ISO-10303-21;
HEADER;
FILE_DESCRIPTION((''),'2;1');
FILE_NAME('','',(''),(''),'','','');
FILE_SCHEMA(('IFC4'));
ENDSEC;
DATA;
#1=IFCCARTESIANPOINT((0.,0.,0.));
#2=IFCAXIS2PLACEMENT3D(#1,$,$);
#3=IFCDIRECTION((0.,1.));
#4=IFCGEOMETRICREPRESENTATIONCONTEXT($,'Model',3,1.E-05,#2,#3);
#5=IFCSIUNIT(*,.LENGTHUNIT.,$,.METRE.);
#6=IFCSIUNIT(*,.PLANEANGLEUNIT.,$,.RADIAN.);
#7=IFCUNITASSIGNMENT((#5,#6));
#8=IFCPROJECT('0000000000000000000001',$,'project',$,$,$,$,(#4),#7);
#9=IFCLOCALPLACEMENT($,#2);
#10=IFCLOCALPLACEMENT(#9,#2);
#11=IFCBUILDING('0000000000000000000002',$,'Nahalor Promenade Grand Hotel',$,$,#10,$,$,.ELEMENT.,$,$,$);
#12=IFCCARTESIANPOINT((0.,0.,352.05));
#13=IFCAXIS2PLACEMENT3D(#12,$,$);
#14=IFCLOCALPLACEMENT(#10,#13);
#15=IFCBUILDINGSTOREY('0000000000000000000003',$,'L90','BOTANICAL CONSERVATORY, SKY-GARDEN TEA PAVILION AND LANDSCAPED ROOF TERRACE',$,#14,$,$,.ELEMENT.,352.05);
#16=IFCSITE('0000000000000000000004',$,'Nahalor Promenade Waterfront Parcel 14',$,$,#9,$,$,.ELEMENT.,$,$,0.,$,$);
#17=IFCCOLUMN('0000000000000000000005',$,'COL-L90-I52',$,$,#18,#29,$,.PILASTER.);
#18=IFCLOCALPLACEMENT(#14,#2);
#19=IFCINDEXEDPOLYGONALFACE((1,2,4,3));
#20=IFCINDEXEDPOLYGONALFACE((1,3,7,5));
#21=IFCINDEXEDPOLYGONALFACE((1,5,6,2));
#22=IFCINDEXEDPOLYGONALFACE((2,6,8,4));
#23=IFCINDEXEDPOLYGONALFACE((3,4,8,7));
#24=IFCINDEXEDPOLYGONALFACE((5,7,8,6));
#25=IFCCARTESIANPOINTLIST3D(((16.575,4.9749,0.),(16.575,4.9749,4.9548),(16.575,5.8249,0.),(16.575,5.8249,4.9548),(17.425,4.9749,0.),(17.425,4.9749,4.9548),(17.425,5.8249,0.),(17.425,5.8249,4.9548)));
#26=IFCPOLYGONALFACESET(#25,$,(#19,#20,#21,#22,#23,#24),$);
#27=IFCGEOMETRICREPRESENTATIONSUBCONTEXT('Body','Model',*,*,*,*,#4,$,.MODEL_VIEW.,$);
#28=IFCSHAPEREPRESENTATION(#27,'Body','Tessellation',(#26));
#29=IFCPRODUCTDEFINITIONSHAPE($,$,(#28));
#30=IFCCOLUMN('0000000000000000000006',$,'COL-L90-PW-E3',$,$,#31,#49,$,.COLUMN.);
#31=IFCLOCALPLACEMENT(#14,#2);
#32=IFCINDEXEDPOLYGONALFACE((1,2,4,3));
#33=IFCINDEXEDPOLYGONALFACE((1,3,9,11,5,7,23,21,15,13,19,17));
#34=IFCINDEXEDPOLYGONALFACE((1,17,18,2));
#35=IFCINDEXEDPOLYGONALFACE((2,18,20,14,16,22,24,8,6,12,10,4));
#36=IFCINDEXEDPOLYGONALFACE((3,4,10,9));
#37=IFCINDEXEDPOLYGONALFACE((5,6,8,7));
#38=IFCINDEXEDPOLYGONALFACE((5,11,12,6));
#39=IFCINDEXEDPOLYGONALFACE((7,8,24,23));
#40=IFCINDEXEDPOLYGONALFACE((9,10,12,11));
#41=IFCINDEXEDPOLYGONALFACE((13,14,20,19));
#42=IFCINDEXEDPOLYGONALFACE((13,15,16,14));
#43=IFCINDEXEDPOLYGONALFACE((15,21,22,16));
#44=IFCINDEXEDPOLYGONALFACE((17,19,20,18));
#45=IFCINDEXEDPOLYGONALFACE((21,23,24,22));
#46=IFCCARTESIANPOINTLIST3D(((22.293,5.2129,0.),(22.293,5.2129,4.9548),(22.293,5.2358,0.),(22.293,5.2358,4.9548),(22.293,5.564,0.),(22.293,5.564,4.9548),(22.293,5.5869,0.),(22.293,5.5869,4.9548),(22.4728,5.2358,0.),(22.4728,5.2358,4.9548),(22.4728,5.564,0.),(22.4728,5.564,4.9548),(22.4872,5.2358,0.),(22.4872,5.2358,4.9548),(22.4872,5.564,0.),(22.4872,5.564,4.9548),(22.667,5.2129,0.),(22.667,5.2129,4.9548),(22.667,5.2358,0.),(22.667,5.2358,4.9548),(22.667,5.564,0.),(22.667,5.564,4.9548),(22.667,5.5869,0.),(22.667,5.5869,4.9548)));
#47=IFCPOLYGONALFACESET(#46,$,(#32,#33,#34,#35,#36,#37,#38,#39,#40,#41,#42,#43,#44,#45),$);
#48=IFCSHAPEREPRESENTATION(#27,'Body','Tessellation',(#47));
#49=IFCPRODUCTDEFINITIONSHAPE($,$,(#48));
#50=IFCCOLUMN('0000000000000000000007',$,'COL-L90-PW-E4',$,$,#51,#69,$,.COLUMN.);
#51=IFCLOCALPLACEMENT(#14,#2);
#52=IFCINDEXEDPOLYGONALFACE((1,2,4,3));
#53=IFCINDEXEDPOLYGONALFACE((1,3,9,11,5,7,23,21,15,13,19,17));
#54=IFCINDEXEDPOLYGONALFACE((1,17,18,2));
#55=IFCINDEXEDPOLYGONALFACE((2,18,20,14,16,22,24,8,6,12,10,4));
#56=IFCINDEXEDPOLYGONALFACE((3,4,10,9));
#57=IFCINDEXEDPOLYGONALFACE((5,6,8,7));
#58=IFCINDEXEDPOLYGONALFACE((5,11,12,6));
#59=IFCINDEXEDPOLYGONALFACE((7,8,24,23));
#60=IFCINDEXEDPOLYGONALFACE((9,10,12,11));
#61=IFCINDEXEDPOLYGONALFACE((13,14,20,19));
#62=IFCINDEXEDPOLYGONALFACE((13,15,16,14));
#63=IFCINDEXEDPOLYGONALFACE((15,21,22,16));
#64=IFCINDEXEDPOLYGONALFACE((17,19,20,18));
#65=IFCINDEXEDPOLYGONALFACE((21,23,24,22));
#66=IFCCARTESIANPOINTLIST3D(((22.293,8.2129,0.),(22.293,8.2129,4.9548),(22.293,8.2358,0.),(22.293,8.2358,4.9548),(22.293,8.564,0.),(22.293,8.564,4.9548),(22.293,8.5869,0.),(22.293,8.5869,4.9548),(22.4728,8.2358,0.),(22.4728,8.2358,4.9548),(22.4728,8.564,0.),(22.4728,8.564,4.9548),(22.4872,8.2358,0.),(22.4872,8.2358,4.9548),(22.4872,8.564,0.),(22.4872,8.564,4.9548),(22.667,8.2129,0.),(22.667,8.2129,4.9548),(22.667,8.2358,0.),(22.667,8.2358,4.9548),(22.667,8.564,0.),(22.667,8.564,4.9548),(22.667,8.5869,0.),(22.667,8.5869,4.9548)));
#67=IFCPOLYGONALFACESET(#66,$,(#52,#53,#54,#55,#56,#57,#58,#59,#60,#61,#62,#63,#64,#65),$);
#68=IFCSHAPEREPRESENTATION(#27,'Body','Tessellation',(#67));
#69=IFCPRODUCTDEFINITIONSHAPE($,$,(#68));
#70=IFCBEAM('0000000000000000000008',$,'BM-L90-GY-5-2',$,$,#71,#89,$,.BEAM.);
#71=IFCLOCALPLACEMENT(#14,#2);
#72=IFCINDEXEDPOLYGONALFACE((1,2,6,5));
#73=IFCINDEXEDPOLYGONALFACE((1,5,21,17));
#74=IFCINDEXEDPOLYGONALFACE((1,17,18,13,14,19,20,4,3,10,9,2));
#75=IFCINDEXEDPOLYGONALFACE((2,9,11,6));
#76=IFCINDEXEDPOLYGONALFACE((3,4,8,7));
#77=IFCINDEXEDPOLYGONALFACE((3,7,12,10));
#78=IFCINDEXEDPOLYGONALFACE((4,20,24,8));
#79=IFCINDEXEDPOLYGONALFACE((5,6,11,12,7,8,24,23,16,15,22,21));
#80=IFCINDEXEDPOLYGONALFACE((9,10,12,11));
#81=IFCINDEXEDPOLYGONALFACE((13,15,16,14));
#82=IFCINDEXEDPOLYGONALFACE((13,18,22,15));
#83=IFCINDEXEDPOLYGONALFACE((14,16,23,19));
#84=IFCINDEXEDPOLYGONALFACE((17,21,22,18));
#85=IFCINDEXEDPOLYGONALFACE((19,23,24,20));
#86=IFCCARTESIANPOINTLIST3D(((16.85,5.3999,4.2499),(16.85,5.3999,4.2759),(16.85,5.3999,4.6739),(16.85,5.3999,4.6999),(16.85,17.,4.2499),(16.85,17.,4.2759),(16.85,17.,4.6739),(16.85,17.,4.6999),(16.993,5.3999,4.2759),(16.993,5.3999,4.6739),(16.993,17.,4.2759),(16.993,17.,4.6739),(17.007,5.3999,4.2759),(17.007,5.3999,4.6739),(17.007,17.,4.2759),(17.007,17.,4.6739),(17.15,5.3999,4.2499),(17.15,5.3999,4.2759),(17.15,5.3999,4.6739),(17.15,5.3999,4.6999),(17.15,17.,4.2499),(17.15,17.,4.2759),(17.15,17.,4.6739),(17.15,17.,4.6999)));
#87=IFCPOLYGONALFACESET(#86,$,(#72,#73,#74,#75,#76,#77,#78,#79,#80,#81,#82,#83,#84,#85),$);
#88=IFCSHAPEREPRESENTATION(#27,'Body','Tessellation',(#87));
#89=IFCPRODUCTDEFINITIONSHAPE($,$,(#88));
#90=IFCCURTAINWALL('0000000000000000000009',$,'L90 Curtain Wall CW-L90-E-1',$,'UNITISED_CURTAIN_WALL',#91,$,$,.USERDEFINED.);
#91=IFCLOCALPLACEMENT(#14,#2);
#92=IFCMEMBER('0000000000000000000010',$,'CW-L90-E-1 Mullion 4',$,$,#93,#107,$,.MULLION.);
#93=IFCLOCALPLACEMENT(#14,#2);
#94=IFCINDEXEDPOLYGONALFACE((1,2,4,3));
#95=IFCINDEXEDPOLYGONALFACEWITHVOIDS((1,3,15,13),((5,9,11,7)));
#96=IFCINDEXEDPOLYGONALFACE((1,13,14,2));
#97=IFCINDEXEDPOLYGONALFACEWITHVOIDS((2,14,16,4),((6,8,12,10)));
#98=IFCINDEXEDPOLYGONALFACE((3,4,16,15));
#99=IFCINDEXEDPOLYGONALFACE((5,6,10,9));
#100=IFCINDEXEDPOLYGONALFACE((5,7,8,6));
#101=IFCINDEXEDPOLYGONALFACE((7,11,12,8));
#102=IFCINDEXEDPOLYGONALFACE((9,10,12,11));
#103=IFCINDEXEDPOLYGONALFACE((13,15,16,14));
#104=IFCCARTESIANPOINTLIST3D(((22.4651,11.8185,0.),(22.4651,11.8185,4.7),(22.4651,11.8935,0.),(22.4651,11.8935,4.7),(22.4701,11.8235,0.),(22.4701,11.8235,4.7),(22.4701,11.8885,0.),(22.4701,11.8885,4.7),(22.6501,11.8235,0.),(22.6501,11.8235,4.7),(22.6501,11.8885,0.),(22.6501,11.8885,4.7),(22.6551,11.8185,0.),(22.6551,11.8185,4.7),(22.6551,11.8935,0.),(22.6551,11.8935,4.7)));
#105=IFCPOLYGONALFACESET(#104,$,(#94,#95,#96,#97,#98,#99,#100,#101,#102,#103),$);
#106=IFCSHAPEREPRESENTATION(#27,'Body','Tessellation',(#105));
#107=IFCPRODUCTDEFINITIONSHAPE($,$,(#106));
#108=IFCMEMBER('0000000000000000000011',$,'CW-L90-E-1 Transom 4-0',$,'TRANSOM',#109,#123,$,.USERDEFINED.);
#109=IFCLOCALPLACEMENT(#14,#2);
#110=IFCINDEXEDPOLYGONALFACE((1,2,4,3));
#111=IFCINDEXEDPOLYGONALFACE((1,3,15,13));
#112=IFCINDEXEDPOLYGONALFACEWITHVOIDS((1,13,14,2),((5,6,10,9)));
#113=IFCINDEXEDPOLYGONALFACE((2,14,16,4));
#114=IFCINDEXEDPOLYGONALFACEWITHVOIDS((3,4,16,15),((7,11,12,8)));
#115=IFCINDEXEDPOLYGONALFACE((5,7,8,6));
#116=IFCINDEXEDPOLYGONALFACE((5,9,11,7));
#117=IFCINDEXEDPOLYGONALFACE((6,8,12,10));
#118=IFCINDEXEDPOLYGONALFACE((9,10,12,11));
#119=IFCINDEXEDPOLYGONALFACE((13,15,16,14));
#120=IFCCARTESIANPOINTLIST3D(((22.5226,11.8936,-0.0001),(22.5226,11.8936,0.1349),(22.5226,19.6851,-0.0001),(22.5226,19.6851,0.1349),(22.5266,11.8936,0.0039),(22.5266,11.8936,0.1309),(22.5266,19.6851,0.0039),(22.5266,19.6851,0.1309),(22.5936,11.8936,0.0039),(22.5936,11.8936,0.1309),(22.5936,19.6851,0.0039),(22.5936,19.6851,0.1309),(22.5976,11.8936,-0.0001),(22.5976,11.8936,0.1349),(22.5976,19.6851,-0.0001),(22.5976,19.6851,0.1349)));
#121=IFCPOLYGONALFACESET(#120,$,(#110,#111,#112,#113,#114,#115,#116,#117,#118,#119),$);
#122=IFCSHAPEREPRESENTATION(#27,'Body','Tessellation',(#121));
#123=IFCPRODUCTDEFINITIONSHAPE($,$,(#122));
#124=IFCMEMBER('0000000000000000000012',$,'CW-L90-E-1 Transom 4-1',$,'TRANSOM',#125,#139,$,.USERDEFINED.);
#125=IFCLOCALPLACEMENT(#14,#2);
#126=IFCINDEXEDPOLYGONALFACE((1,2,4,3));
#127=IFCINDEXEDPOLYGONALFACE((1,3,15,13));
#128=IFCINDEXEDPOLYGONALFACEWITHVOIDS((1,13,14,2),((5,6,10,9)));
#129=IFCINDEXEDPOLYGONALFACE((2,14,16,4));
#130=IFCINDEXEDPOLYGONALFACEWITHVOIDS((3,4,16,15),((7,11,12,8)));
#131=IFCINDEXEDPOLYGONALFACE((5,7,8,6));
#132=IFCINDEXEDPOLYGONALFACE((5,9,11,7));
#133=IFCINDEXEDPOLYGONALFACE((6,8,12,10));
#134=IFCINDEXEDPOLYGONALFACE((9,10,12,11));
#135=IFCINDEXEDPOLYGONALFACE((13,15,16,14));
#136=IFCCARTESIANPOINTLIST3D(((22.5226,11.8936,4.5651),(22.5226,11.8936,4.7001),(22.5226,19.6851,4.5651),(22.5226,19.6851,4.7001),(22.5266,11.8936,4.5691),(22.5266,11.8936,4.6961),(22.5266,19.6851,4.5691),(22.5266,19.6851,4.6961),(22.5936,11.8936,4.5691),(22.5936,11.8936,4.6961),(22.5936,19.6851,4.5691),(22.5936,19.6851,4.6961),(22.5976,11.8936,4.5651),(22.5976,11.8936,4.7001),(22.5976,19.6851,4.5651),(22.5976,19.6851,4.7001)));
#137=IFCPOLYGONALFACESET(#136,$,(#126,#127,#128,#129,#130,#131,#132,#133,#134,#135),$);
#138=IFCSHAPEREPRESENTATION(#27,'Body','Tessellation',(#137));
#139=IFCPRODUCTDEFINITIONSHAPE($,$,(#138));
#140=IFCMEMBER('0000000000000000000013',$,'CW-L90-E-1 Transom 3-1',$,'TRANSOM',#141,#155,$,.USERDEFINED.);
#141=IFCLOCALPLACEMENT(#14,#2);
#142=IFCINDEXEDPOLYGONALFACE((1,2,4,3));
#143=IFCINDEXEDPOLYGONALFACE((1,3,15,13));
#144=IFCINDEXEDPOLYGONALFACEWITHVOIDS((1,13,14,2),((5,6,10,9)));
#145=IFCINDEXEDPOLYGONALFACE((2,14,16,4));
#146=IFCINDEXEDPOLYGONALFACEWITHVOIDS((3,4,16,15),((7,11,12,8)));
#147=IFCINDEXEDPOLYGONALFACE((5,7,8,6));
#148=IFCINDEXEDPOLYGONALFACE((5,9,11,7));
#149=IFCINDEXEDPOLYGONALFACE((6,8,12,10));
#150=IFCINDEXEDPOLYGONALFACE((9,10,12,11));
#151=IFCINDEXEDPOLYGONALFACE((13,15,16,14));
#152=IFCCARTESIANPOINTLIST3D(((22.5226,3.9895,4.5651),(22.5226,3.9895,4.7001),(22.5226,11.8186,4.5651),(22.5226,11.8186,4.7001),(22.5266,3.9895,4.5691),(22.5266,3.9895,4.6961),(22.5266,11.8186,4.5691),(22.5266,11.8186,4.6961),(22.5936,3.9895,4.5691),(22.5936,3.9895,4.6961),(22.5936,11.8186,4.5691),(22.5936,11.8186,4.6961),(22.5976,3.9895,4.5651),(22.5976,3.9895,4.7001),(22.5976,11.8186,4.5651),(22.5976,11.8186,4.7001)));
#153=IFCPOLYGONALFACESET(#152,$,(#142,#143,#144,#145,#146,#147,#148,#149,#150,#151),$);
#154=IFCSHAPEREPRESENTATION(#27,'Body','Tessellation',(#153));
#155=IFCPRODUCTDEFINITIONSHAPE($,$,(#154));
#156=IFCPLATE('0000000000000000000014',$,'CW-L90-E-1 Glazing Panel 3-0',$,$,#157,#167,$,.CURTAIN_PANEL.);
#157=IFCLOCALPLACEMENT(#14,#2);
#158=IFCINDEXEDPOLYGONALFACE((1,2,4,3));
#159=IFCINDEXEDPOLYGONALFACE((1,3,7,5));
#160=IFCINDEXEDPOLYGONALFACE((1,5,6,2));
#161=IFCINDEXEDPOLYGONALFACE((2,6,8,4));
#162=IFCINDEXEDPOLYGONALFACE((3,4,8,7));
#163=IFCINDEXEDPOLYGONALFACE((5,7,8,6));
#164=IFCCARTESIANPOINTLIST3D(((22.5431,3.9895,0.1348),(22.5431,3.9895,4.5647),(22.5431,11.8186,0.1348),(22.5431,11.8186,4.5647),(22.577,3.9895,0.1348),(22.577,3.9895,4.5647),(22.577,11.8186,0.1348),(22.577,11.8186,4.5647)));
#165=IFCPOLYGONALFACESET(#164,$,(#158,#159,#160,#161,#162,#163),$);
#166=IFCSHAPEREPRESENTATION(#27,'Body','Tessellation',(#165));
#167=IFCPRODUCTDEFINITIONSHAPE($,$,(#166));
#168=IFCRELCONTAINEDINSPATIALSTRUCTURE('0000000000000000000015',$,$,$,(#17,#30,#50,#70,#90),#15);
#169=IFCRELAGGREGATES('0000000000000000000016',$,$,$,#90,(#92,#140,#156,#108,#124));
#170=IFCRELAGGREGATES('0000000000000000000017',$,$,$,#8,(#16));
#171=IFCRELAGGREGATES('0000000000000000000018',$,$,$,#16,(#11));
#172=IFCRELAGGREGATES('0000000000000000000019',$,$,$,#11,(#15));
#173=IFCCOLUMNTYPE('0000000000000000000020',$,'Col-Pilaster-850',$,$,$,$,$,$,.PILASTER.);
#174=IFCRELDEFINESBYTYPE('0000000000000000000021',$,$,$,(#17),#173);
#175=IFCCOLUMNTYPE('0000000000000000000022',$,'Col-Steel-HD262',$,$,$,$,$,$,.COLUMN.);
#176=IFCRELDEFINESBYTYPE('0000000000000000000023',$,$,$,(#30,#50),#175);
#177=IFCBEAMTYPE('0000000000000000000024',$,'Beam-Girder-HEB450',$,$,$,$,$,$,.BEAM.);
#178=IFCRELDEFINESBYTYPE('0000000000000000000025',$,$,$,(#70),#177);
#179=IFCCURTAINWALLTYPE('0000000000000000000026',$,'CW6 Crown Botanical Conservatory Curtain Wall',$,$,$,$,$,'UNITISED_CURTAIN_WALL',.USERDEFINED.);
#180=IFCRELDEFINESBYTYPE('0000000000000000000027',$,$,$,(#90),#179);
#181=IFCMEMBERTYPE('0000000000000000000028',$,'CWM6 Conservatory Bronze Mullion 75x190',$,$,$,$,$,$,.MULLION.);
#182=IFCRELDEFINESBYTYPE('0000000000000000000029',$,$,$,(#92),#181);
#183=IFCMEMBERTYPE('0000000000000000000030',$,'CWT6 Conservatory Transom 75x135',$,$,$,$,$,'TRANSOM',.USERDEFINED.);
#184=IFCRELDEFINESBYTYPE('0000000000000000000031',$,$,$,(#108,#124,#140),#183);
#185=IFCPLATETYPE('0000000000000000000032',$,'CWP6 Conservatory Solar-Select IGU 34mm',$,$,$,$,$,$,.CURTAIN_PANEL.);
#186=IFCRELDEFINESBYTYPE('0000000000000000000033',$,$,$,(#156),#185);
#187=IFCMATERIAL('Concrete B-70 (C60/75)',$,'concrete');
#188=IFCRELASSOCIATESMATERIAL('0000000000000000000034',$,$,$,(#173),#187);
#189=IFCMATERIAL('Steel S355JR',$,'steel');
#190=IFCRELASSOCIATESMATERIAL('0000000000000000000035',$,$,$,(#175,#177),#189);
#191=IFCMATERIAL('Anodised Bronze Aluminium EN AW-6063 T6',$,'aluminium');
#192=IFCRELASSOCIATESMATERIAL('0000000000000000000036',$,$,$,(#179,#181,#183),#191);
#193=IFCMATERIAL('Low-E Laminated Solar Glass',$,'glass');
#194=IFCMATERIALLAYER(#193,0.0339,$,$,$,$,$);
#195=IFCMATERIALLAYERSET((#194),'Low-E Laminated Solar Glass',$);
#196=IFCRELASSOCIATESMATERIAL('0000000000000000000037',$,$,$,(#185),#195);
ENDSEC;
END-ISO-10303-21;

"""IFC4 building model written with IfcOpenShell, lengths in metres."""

from ifc_helpers import new_model, si_unit, direction, frame, origin, origin_2d, place, context, subcontext, project, spatial, rectangle, hollow_rectangle, i_section, extrude, source, transform, mapped, material, layer, layer_set, material_profile, profile_set, type_object, element, aggregate, save


model = new_model("IFC4")

# Units and contexts
model_context = context("Model", 3, precision=1e-05, world=origin(), true_north=direction((0.0, 1.0)))
body_context = subcontext(model_context, "Body", "Model", "MODEL_VIEW")
ifc_project = project(units=[si_unit("LENGTHUNIT", "METRE"), si_unit("PLANEANGLEUNIT", "RADIAN")], contexts=[model_context])

# Site, building, storey
site_placement = place(None, origin())
site = spatial("IfcSite", under=ifc_project, at=site_placement, Name="Nahalor Promenade Waterfront Parcel 14", CompositionType="ELEMENT", RefElevation=0.0)
building_placement = place(site_placement, origin())
building = spatial("IfcBuilding", under=site, at=building_placement, Name="Nahalor Promenade Grand Hotel", CompositionType="ELEMENT")
storey_placement = place(building_placement, frame((0.0, 0.0, 352.05)))
storey = spatial("IfcBuildingStorey", under=building, at=storey_placement, Name="L90", Description="BOTANICAL CONSERVATORY, SKY-GARDEN TEA PAVILION AND LANDSCAPED ROOF TERRACE", CompositionType="ELEMENT", Elevation=352.05)

# Columns
ifc_material_1 = material(Name="Concrete B-70 (C60/75)", Category="concrete")
ifc_material_profile_1 = material_profile(ifc_material_1, rectangle(XDim=0.85, YDim=0.85, at=origin_2d()), Name="RC 850x850")
ifc_profile_set_1 = profile_set([ifc_material_profile_1], Name="Concrete B-70 (C60/75)")
column_type_1 = type_object("IfcColumnType", Name="Col-Pilaster-850", PredefinedType="PILASTER", material=ifc_profile_set_1)
shared_shape_1 = source(origin(), body_context, "Body", "SweptSolid", [
    extrude(rectangle(XDim=0.85, YDim=0.85, at=origin_2d()), origin(), (0.0, 0.0, 1.0), 4.9548),
])
column_placement = place(storey_placement, frame((17.0, 5.3999, 0.0), z_axis=(0.0, 0.0, 1.0), x_axis=(1.0, 0.0, 0.0)))
element("IfcColumn", 1, at=column_placement, inside=storey, type_object=column_type_1, Name="COL-L90-I52", PredefinedType="PILASTER", context=body_context, shape_type="MappedRepresentation", body=[
    mapped(shared_shape_1, transform((0.0, 0.0, 0.0), scale=1.0)),
])
ifc_material_2 = material(Name="Steel S355JR", Category="steel")
ifc_material_profile_2 = material_profile(ifc_material_2, i_section(OverallWidth=0.374, OverallDepth=0.374, WebThickness=0.0144, FlangeThickness=0.0229, at=origin_2d()), Name="HD 360x262")
ifc_profile_set_2 = profile_set([ifc_material_profile_2], Name="Steel S355JR")
column_type_2 = type_object("IfcColumnType", Name="Col-Steel-HD262", PredefinedType="COLUMN", material=ifc_profile_set_2)
shared_shape_2 = source(origin(), body_context, "Body", "SweptSolid", [
    extrude(i_section(OverallWidth=0.374, OverallDepth=0.374, WebThickness=0.0144, FlangeThickness=0.0229, at=origin_2d()), origin(), (0.0, 0.0, 1.0), 4.9548),
])
for number, where, z_axis, x_axis, name in (
    (2, (22.48, 5.3999, 0.0), (0.0, 0.0, 1.0), (1.0, 0.0, 0.0), "COL-L90-PW-E3"),
    (3, (22.48, 8.3999, 0.0), (0.0, 0.0, 1.0), (1.0, 0.0, 0.0), "COL-L90-PW-E4"),
):
    element("IfcColumn", number, at=place(storey_placement, frame(where, z_axis=z_axis, x_axis=x_axis)), inside=storey, type_object=column_type_2, Name=name, PredefinedType="COLUMN", context=body_context, shape_type="MappedRepresentation", body=[
        mapped(shared_shape_2, transform((0.0, 0.0, 0.0), scale=1.0)),
    ])

# Beam
ifc_material_profile_3 = material_profile(ifc_material_2, i_section(OverallWidth=0.3, OverallDepth=0.45, WebThickness=0.014, FlangeThickness=0.026, at=origin_2d()), Name="HEB 450")
ifc_profile_set_3 = profile_set([ifc_material_profile_3], Name="Steel S355JR")
beam_type = type_object("IfcBeamType", Name="Beam-Girder-HEB450", PredefinedType="BEAM", material=ifc_profile_set_3)
shared_shape_3 = source(origin(), body_context, "Body", "SweptSolid", [
    extrude(i_section(OverallWidth=0.3, OverallDepth=0.45, WebThickness=0.014, FlangeThickness=0.026, at=origin_2d()), origin(), (0.0, 0.0, 1.0), 11.6001),
])
beam_placement = place(storey_placement, frame((17.0, 5.3999, 4.4749), z_axis=(0.0, 1.0, 0.0), x_axis=(-1.0, 0.0, 0.0)))
element("IfcBeam", 4, at=beam_placement, inside=storey, type_object=beam_type, Name="BM-L90-GY-5-2", PredefinedType="BEAM", context=body_context, shape_type="MappedRepresentation", body=[
    mapped(shared_shape_3, transform((0.0, 0.0, 0.0), scale=1.0)),
])

# Curtain wall, members, plate
ifc_material_3 = material(Name="Anodised Bronze Aluminium EN AW-6063 T6", Category="aluminium")
curtain_wall_type = type_object("IfcCurtainWallType", Name="CW6 Crown Botanical Conservatory Curtain Wall", ElementType="UNITISED_CURTAIN_WALL", PredefinedType="USERDEFINED", material=ifc_material_3)
curtain_wall_placement = place(storey_placement, origin())
curtain_wall = element("IfcCurtainWall", 5, at=curtain_wall_placement, inside=storey, type_object=curtain_wall_type, Name="L90 Curtain Wall CW-L90-E-1", ObjectType="UNITISED_CURTAIN_WALL", PredefinedType="USERDEFINED")
ifc_material_profile_4 = material_profile(ifc_material_3, hollow_rectangle(XDim=0.075, YDim=0.19, WallThickness=0.005, at=origin_2d()), Name="CWM 75x190x5")
ifc_profile_set_4 = profile_set([ifc_material_profile_4], Name="Anodised Bronze Aluminium EN AW-6063 T6")
member_type_1 = type_object("IfcMemberType", Name="CWM6 Conservatory Bronze Mullion 75x190", PredefinedType="MULLION", material=ifc_profile_set_4)
shared_shape_4 = source(origin(), body_context, "Body", "SweptSolid", [
    extrude(hollow_rectangle(XDim=0.075, YDim=0.19, WallThickness=0.005, at=origin_2d()), origin(), (0.0, 0.0, 1.0), 4.7),
])
member_1_placement = place(storey_placement, frame((22.5601, 11.856, 0.0), z_axis=(0.0, 0.0, 1.0), x_axis=(0.0, 1.0, 0.0)))
member_1 = element("IfcMember", 6, at=member_1_placement, type_object=member_type_1, Name="CW-L90-E-1 Mullion 4", PredefinedType="MULLION", context=body_context, shape_type="MappedRepresentation", body=[
    mapped(shared_shape_4, transform((0.0, 0.0, 0.0), scale=1.0)),
])
ifc_material_profile_5 = material_profile(ifc_material_3, hollow_rectangle(XDim=0.075, YDim=0.135, WallThickness=0.004, at=origin_2d()), Name="CWT 75x135x4")
ifc_profile_set_5 = profile_set([ifc_material_profile_5], Name="Anodised Bronze Aluminium EN AW-6063 T6")
member_type_2 = type_object("IfcMemberType", Name="CWT6 Conservatory Transom 75x135", ElementType="TRANSOM", PredefinedType="USERDEFINED", material=ifc_profile_set_5)
shared_shape_5 = source(origin(), body_context, "Body", "SweptSolid", [
    extrude(hollow_rectangle(XDim=0.075, YDim=0.135, WallThickness=0.004, at=origin_2d()), origin(), (0.0, 0.0, 1.0), 7.7915),
])
member_2_placement = place(storey_placement, frame((22.5601, 11.8936, 0.0674), z_axis=(0.0, 1.0, 0.0), x_axis=(-1.0, 0.0, 0.0)))
member_2 = element("IfcMember", 7, at=member_2_placement, type_object=member_type_2, Name="CW-L90-E-1 Transom 4-0", ObjectType="TRANSOM", PredefinedType="USERDEFINED", context=body_context, shape_type="MappedRepresentation", body=[
    mapped(shared_shape_5, transform((0.0, 0.0, 0.0), scale=1.0)),
])
member_3_placement = place(storey_placement, frame((22.5601, 11.8936, 4.6326), z_axis=(0.0, 1.0, 0.0), x_axis=(-1.0, 0.0, 0.0)))
member_3 = element("IfcMember", 8, at=member_3_placement, type_object=member_type_2, Name="CW-L90-E-1 Transom 4-1", ObjectType="TRANSOM", PredefinedType="USERDEFINED", context=body_context, shape_type="MappedRepresentation", body=[
    mapped(shared_shape_5, transform((0.0, 0.0, 0.0), scale=1.0)),
])
shared_shape_6 = source(origin(), body_context, "Body", "SweptSolid", [
    extrude(hollow_rectangle(XDim=0.075, YDim=0.135, WallThickness=0.004, at=origin_2d()), origin(), (0.0, 0.0, 1.0), 7.8291),
])
member_4_placement = place(storey_placement, frame((22.5601, 3.9895, 4.6326), z_axis=(0.0, 1.0, 0.0), x_axis=(-1.0, 0.0, 0.0)))
member_4 = element("IfcMember", 9, at=member_4_placement, type_object=member_type_2, Name="CW-L90-E-1 Transom 3-1", ObjectType="TRANSOM", PredefinedType="USERDEFINED", context=body_context, shape_type="MappedRepresentation", body=[
    mapped(shared_shape_6, transform((0.0, 0.0, 0.0), scale=1.0)),
])
ifc_material_4 = material(Name="Low-E Laminated Solar Glass", Category="glass")
ifc_layer_1 = layer(ifc_material_4, 0.0339)
ifc_layer_set_1 = layer_set([ifc_layer_1], Name="Low-E Laminated Solar Glass")
plate_type = type_object("IfcPlateType", Name="CWP6 Conservatory Solar-Select IGU 34mm", PredefinedType="CURTAIN_PANEL", material=ifc_layer_set_1)
shared_shape_7 = source(origin(), body_context, "Body", "SweptSolid", [
    extrude(rectangle(XDim=7.8291, YDim=0.0339, at=origin_2d()), origin(), (0.0, 0.0, 1.0), 4.4299),
])
plate_placement = place(storey_placement, frame((22.5601, 7.9041, 0.1348), z_axis=(0.0, 0.0, 1.0), x_axis=(0.0, 1.0, 0.0)))
plate = element("IfcPlate", 10, at=plate_placement, type_object=plate_type, Name="CW-L90-E-1 Glazing Panel 3-0", PredefinedType="CURTAIN_PANEL", context=body_context, shape_type="MappedRepresentation", body=[
    mapped(shared_shape_7, transform((0.0, 0.0, 0.0), scale=1.0)),
])
aggregate(curtain_wall, [member_1, member_4, plate, member_2, member_3])

save(model, "model.ifc")
